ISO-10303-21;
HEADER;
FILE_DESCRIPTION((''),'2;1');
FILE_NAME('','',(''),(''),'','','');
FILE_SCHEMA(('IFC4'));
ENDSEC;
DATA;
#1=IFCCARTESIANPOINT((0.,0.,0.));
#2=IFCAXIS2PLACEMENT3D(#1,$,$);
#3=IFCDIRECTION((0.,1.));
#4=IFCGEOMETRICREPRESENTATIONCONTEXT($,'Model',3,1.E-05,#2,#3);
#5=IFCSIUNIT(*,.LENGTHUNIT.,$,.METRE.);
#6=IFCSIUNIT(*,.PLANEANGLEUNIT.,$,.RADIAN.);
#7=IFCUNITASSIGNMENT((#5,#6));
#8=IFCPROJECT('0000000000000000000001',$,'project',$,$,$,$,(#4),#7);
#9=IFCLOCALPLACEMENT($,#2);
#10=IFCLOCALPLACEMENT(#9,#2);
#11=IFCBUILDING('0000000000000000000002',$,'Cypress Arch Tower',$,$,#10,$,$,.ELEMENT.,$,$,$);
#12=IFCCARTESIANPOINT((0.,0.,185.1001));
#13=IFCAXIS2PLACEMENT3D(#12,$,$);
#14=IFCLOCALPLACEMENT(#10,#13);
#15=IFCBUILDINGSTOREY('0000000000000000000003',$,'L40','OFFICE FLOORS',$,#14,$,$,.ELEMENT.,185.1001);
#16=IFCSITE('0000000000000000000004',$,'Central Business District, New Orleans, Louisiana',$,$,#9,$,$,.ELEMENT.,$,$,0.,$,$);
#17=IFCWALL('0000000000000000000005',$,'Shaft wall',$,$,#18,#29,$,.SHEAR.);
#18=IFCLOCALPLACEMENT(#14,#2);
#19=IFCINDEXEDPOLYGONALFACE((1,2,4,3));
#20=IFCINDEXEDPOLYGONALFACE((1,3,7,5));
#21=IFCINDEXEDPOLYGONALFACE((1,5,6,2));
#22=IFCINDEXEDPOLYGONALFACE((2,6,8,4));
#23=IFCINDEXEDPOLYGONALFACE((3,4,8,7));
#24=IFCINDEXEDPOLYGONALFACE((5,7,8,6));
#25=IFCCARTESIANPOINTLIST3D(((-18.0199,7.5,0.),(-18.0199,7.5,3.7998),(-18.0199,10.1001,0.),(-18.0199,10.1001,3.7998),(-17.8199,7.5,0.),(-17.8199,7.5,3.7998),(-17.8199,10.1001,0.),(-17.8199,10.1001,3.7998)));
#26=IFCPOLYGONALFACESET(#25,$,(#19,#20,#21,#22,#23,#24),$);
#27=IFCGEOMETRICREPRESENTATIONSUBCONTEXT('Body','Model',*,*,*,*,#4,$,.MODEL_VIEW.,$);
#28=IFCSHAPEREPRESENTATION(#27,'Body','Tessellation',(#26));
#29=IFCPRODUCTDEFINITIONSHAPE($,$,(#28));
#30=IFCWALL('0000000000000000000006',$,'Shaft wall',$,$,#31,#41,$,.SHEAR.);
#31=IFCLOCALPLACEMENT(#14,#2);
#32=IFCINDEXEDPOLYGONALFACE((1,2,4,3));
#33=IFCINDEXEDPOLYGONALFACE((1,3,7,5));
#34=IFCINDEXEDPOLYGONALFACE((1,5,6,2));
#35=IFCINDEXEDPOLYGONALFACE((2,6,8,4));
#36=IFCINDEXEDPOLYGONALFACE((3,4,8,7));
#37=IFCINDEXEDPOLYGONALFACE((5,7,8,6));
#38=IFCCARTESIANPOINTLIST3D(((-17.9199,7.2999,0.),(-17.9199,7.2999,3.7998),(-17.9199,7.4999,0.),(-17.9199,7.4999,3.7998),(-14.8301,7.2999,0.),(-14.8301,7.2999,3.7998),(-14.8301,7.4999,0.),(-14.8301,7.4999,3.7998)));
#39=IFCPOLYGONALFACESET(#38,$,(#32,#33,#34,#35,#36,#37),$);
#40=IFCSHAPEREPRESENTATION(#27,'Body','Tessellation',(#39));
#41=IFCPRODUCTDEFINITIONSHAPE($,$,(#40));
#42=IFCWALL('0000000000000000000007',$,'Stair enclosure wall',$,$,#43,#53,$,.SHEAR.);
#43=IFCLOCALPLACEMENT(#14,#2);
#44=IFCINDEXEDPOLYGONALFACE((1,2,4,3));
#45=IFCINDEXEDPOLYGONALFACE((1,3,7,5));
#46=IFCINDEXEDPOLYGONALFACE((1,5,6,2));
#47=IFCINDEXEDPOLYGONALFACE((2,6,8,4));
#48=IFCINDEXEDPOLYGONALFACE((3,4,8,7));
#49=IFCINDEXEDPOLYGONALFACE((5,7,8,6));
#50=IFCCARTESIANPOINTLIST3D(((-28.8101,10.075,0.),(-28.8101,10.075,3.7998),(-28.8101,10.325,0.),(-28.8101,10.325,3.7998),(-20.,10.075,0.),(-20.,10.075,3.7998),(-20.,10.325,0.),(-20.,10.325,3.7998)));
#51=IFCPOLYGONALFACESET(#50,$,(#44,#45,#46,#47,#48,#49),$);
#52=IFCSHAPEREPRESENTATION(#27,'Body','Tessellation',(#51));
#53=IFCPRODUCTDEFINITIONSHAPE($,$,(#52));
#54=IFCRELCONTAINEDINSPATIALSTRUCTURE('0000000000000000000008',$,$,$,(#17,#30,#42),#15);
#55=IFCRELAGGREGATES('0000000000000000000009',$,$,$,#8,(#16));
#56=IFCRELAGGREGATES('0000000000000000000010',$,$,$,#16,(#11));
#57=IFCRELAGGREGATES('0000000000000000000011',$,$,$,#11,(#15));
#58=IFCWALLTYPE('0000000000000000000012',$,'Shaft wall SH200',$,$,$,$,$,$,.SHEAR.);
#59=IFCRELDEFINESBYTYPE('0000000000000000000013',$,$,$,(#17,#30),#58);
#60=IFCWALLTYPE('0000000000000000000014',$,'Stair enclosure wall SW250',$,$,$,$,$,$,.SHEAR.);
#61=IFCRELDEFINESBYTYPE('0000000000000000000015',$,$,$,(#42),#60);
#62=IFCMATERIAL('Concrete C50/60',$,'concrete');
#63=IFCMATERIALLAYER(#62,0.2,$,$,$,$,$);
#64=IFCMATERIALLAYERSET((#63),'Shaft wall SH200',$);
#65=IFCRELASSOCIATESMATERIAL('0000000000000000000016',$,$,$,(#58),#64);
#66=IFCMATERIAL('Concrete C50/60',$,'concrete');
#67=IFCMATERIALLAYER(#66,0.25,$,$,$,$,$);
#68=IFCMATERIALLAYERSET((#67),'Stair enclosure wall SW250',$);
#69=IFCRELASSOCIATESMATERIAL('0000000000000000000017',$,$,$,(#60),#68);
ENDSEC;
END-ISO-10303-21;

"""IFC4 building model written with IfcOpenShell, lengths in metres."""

from ifc_helpers import new_model, si_unit, direction, frame, frame_2d, origin, place, context, subcontext, project, spatial, rectangle, extrude, material, layer, layer_set, type_object, element, save


model = new_model("IFC4")

# Units and contexts
model_context = context("Model", 3, precision=1e-05, world=origin(), true_north=direction((0.0, 1.0)))
body_context = subcontext(model_context, "Body", "Model", "MODEL_VIEW")
ifc_project = project(units=[si_unit("LENGTHUNIT", "METRE"), si_unit("PLANEANGLEUNIT", "RADIAN")], contexts=[model_context])

# Site, building, storey
site_placement = place(None, origin())
site = spatial("IfcSite", under=ifc_project, at=site_placement, Name="Central Business District, New Orleans, Louisiana", CompositionType="ELEMENT", RefElevation=0.0)
building_placement = place(site_placement, origin())
building = spatial("IfcBuilding", under=site, at=building_placement, Name="Cypress Arch Tower", CompositionType="ELEMENT")
storey_placement = place(building_placement, frame((0.0, 0.0, 185.1001)))
storey = spatial("IfcBuildingStorey", under=building, at=storey_placement, Name="L40", Description="OFFICE FLOORS", CompositionType="ELEMENT", Elevation=185.1001)

# Shared definitions
ifc_material_1 = material(Name="Concrete C50/60", Category="concrete")
ifc_layer_1 = layer(ifc_material_1, 0.2)
ifc_layer_set_1 = layer_set([ifc_layer_1], Name="Shaft wall SH200")
wall_type_1 = type_object("IfcWallType", Name="Shaft wall SH200", PredefinedType="SHEAR", material=ifc_layer_set_1)

# Walls
wall_1_placement = place(storey_placement, frame((-17.9199, 7.5, 0.0), z_axis=(0.0, 0.0, 1.0), x_axis=(0.0, 1.0, 0.0)))
element("IfcWall", 1, at=wall_1_placement, inside=storey, type_object=wall_type_1, Name="Shaft wall", PredefinedType="SHEAR", context=body_context, shape_type="SweptSolid", body=[
    extrude(rectangle(XDim=2.6001, YDim=0.2, at=frame_2d((1.3, 0.0))), origin(), (0.0, 0.0, 1.0), 3.7998),
])
wall_2_placement = place(storey_placement, frame((-17.9199, 7.3999, 0.0), z_axis=(0.0, 0.0, 1.0), x_axis=(1.0, 0.0, 0.0)))
element("IfcWall", 2, at=wall_2_placement, inside=storey, type_object=wall_type_1, Name="Shaft wall", PredefinedType="SHEAR", context=body_context, shape_type="SweptSolid", body=[
    extrude(rectangle(XDim=3.0898, YDim=0.2, at=frame_2d((1.5449, 0.0))), origin(), (0.0, 0.0, 1.0), 3.7998),
])
ifc_material_2 = material(Name="Concrete C50/60", Category="concrete")
ifc_layer_2 = layer(ifc_material_2, 0.25)
ifc_layer_set_2 = layer_set([ifc_layer_2], Name="Stair enclosure wall SW250")
wall_type_2 = type_object("IfcWallType", Name="Stair enclosure wall SW250", PredefinedType="SHEAR", material=ifc_layer_set_2)
wall_3_placement = place(storey_placement, frame((-28.8101, 10.2, 0.0), z_axis=(0.0, 0.0, 1.0), x_axis=(1.0, 0.0, 0.0)))
element("IfcWall", 3, at=wall_3_placement, inside=storey, type_object=wall_type_2, Name="Stair enclosure wall", PredefinedType="SHEAR", context=body_context, shape_type="SweptSolid", body=[
    extrude(rectangle(XDim=8.8101, YDim=0.25, at=frame_2d((4.405, 0.0))), origin(), (0.0, 0.0, 1.0), 3.7998),
])

save(model, "model.ifc")
